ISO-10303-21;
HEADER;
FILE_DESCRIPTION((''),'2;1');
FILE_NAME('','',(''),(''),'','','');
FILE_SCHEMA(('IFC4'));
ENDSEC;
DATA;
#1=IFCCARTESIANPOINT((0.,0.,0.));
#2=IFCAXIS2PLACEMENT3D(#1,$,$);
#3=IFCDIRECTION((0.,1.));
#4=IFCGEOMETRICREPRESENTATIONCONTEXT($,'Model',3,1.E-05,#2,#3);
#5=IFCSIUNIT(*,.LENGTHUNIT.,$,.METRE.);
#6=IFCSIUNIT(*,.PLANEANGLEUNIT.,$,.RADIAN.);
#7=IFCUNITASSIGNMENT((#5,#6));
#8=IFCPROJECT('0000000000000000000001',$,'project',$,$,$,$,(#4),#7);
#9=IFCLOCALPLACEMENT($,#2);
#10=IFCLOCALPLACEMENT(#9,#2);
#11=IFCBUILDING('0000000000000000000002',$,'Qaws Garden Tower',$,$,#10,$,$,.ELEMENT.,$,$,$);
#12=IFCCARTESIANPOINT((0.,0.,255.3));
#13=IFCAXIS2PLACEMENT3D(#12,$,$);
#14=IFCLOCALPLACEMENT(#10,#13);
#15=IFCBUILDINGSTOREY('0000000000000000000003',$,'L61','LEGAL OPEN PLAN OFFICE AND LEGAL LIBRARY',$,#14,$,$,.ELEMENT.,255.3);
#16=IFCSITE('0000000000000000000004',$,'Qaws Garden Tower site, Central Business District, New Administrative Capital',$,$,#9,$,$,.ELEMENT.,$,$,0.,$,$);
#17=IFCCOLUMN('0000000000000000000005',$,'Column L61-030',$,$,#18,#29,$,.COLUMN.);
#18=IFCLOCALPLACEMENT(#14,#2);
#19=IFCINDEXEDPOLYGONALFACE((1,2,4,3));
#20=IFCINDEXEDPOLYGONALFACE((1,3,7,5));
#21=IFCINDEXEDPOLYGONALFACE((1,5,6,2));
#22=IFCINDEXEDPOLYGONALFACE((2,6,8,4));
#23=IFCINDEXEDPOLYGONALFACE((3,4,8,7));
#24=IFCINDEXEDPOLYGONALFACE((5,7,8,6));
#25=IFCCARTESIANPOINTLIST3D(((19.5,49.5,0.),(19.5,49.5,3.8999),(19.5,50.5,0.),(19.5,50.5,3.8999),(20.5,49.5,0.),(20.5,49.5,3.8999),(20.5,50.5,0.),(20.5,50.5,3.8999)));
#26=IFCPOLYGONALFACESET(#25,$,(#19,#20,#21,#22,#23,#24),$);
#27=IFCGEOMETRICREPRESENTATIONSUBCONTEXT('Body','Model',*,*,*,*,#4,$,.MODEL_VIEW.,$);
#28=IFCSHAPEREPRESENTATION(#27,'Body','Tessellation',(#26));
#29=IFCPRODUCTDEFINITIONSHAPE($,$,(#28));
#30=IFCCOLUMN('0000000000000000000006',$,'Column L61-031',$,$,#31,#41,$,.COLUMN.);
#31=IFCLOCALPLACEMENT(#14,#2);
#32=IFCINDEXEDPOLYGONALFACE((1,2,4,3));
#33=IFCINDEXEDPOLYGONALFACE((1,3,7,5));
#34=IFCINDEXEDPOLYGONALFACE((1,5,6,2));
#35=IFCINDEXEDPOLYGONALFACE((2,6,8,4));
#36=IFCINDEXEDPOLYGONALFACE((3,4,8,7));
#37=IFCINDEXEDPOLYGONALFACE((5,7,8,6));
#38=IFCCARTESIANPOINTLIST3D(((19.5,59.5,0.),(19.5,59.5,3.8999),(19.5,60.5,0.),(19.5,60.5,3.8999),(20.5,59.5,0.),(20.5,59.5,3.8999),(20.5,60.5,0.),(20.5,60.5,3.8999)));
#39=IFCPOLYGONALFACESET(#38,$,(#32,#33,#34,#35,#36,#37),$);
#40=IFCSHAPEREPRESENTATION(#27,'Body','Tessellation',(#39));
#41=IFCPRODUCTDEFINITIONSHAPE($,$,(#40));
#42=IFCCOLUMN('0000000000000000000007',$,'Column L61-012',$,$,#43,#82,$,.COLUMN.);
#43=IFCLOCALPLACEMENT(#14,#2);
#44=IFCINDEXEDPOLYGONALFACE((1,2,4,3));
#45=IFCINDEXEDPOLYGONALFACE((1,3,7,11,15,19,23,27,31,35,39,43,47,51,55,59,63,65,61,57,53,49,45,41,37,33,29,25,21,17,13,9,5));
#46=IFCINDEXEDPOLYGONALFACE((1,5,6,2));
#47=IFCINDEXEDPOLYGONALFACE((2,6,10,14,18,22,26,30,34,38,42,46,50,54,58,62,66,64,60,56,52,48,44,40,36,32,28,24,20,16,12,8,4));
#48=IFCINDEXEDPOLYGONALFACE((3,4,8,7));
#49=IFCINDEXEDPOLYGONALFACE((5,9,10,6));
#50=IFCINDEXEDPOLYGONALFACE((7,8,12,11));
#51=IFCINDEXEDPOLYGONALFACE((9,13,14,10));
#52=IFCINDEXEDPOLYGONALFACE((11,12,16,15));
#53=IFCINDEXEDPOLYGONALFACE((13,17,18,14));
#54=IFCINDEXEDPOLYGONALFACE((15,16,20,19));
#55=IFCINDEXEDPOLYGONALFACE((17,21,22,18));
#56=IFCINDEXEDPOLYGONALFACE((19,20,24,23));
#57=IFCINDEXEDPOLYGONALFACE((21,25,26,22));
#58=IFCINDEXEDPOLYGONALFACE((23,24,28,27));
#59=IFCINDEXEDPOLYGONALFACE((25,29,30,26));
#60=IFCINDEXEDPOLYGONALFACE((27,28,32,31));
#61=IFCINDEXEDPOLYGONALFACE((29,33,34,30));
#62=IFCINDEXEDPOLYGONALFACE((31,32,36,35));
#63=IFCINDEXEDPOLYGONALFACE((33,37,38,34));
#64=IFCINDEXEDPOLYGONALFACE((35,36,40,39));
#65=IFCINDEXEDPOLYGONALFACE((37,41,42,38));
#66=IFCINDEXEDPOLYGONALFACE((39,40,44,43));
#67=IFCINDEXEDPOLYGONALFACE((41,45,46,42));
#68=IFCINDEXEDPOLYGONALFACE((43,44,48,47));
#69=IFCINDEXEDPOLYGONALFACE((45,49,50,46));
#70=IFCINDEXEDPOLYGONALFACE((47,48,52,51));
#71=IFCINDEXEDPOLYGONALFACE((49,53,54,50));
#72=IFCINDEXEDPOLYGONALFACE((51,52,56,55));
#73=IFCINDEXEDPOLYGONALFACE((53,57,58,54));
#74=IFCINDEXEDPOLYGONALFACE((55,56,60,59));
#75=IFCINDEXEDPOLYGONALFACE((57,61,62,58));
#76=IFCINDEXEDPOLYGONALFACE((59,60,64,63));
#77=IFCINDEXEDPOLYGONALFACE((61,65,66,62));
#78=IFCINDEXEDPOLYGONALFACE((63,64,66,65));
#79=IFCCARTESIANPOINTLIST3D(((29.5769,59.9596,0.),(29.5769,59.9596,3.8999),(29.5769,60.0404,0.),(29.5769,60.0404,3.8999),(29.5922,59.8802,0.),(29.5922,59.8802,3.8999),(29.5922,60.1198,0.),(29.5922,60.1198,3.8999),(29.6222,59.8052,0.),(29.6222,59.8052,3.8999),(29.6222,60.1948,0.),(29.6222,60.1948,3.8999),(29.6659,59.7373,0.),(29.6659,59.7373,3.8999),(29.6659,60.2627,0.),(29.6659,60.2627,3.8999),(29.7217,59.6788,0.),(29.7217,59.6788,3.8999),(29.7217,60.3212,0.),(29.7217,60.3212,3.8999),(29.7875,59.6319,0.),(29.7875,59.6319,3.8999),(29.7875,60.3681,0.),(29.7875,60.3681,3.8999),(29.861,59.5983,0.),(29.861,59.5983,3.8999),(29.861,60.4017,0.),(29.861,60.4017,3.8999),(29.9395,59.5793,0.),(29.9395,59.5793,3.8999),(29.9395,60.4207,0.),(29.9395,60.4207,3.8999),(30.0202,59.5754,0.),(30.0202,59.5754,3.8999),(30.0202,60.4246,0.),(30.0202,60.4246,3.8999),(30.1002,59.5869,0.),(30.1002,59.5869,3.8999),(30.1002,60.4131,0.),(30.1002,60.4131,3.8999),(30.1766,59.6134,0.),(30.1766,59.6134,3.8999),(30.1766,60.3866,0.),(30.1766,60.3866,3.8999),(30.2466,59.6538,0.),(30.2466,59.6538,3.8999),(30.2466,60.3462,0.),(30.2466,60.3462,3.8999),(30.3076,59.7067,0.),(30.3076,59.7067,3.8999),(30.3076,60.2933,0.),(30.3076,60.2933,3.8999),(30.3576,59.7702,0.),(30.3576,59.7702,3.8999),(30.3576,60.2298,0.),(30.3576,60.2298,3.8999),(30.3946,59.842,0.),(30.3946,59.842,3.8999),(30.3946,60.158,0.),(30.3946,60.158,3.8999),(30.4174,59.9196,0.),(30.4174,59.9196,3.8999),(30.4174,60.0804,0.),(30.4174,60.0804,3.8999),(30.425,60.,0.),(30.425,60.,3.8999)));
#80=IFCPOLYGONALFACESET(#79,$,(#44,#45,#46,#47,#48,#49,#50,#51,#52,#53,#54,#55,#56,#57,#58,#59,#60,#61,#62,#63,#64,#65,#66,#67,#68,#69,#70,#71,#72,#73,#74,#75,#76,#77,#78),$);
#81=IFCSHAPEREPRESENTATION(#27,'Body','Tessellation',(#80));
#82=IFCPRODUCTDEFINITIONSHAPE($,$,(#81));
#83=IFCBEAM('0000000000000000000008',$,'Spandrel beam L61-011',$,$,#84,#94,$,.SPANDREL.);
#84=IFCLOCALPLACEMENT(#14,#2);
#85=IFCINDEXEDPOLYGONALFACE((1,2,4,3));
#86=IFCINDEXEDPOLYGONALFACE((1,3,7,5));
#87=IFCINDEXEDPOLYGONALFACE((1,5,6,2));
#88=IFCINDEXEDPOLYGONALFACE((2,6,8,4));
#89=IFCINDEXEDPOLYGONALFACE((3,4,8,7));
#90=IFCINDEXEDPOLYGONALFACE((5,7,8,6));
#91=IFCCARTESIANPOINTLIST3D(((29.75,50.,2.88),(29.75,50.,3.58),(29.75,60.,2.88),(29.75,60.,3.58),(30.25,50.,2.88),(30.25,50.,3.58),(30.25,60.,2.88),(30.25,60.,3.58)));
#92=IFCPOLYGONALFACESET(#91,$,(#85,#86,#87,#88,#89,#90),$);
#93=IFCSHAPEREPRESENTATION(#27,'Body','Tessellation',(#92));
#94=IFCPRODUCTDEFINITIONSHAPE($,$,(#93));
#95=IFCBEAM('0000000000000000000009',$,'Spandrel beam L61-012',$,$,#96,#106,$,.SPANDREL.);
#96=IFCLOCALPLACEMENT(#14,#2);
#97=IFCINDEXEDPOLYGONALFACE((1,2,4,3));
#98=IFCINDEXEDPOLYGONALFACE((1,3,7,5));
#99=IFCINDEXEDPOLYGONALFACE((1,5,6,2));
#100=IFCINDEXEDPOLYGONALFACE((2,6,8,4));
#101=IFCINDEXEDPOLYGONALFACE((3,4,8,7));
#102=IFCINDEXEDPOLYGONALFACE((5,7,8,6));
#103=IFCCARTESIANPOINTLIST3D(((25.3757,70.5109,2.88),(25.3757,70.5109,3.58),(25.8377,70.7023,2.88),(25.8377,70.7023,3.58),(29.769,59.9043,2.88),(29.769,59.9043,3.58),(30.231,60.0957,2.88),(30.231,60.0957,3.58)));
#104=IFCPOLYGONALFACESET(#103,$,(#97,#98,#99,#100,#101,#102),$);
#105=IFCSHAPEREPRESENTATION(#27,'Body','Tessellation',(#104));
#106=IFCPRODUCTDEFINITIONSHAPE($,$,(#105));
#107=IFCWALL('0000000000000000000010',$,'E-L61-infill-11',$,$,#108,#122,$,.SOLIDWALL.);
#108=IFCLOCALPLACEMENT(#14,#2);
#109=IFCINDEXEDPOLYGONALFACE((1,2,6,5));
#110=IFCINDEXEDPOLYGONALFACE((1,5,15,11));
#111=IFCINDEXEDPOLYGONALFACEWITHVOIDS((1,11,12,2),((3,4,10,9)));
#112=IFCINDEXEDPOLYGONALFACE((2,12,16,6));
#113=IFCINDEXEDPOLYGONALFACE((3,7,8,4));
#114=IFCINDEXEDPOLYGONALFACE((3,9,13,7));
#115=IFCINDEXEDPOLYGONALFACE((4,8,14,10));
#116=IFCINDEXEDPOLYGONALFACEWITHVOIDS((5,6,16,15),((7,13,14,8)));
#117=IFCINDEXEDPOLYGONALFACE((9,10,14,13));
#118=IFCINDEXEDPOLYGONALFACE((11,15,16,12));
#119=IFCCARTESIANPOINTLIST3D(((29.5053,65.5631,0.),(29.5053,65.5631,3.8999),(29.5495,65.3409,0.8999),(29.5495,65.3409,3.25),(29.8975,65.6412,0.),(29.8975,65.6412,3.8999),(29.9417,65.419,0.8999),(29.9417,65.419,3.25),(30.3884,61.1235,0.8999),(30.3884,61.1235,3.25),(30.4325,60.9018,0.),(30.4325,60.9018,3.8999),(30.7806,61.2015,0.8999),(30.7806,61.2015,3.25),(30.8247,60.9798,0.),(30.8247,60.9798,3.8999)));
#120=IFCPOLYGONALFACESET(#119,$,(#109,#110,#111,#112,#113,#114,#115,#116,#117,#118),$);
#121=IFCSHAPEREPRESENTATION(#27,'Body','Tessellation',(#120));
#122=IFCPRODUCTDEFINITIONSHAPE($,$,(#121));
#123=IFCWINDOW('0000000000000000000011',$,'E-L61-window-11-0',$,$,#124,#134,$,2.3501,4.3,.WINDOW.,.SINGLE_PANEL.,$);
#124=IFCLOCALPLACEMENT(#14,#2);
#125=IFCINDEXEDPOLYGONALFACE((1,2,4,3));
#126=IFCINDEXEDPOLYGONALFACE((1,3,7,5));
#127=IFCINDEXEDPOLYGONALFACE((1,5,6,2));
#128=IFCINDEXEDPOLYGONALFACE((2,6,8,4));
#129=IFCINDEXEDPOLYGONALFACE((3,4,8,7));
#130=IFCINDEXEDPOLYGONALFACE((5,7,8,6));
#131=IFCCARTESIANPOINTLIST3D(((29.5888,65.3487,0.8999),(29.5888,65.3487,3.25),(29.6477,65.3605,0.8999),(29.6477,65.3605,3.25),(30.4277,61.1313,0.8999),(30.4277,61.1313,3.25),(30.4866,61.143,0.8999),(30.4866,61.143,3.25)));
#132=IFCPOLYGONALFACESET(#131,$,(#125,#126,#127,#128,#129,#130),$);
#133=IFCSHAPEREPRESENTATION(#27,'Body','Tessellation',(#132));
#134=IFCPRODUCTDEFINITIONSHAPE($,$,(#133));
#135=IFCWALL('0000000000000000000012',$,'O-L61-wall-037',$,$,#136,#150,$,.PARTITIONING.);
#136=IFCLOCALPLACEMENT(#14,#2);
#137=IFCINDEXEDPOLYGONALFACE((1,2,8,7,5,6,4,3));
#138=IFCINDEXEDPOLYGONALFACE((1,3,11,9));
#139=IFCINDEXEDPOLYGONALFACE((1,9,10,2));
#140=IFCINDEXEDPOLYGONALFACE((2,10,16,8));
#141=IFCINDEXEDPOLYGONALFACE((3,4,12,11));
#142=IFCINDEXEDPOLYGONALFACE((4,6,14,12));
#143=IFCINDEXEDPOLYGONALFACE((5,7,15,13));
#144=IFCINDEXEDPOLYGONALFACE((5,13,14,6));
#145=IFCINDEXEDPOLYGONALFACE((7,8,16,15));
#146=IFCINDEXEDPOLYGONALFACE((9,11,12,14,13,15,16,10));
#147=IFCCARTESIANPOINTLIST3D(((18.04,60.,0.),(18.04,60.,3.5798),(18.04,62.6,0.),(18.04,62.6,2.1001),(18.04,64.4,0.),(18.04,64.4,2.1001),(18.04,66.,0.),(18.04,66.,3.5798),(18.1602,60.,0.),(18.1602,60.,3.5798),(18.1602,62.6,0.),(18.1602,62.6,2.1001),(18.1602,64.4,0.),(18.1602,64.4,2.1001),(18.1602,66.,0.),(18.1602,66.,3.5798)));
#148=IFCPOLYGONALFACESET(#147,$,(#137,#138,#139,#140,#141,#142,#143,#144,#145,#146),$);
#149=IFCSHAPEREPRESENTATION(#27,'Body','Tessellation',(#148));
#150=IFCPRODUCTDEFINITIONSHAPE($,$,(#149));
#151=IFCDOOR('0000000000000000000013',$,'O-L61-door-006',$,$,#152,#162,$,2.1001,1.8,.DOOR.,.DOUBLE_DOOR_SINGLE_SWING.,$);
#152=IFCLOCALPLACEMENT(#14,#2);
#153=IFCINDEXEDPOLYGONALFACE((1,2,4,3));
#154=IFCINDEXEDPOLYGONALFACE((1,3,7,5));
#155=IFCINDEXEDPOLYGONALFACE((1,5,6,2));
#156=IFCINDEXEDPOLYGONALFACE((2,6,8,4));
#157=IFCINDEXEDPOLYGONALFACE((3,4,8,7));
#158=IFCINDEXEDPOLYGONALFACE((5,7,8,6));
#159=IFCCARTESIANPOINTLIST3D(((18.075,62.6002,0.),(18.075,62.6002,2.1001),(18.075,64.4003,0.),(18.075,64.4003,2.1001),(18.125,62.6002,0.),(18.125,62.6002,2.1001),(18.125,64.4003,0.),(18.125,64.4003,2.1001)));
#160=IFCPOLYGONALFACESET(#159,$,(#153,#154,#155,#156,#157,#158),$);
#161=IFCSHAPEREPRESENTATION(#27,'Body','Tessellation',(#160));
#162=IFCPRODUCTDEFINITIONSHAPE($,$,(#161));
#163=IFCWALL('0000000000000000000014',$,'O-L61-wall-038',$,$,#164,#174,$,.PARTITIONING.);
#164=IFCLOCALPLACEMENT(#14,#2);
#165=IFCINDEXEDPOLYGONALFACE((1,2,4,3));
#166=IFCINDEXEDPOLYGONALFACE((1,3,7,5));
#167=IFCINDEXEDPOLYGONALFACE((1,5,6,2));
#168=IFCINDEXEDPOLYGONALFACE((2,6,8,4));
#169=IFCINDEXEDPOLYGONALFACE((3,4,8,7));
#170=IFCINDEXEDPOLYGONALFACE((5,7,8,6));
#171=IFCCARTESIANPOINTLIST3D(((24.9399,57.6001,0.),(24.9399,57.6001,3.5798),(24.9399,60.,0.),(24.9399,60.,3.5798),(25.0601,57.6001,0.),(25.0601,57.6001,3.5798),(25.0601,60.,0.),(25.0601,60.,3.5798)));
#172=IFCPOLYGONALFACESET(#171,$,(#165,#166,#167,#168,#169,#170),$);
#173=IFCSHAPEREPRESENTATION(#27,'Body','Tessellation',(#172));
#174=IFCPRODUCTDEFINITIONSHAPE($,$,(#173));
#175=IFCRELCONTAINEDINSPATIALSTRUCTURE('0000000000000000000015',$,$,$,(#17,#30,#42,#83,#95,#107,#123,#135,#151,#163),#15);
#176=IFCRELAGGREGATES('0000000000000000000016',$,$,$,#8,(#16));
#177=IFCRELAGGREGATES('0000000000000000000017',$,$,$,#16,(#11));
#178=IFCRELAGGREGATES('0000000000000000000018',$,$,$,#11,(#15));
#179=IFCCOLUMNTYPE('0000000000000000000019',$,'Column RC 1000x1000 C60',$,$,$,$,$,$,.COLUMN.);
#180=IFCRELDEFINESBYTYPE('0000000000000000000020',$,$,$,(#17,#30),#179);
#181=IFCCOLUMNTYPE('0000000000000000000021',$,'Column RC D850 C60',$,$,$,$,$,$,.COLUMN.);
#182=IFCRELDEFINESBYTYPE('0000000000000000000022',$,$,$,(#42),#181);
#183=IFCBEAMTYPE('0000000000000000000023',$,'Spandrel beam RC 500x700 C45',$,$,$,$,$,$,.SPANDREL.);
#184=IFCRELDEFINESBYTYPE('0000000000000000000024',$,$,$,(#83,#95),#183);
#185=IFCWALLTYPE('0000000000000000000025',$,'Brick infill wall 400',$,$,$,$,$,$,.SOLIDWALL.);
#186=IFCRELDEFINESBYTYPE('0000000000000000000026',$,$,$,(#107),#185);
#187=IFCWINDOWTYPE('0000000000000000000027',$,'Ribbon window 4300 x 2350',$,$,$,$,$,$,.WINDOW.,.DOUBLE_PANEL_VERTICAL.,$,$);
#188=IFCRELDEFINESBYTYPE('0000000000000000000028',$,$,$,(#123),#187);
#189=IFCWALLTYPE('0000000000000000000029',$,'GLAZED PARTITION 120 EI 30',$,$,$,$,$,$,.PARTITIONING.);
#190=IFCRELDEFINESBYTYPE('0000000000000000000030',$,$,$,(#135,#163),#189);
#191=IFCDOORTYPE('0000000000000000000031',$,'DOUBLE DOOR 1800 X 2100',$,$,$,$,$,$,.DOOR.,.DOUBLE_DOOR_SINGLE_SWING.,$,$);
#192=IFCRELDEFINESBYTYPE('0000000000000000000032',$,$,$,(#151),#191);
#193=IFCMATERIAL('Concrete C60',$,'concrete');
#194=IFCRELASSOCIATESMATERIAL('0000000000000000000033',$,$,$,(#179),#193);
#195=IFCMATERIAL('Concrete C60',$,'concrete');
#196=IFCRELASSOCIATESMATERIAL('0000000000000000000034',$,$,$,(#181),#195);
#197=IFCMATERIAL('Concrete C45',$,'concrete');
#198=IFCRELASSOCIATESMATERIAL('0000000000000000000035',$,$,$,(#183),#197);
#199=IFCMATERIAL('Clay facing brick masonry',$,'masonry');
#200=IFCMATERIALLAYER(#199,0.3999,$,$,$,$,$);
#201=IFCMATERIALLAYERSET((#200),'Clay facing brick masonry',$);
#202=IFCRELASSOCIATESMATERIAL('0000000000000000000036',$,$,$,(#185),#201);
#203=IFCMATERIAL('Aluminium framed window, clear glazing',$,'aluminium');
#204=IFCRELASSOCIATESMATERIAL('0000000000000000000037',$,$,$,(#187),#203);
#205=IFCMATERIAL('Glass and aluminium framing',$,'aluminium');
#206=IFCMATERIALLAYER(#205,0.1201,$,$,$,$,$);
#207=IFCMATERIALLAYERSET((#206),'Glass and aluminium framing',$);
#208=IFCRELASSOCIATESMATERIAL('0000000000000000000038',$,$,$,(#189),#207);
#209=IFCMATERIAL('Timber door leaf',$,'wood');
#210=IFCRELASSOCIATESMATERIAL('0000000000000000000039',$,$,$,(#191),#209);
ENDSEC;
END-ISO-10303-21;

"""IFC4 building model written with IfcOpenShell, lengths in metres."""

from ifc_helpers import new_model, si_unit, direction, frame, frame_2d, origin, origin_2d, place, context, subcontext, project, spatial, rectangle, circle, extrude, material, layer, layer_set, material_profile, profile_set, type_object, element, fill, save


model = new_model("IFC4")

# Units and contexts
model_context = context("Model", 3, precision=1e-05, world=origin(), true_north=direction((0.0, 1.0)))
body_context = subcontext(model_context, "Body", "Model", "MODEL_VIEW")
ifc_project = project(units=[si_unit("LENGTHUNIT", "METRE"), si_unit("PLANEANGLEUNIT", "RADIAN")], contexts=[model_context])

# Site, building, storey
site_placement = place(None, origin())
site = spatial("IfcSite", under=ifc_project, at=site_placement, Name="Qaws Garden Tower site, Central Business District, New Administrative Capital", CompositionType="ELEMENT", RefElevation=0.0)
building_placement = place(site_placement, origin())
building = spatial("IfcBuilding", under=site, at=building_placement, Name="Qaws Garden Tower", CompositionType="ELEMENT")
storey_placement = place(building_placement, frame((0.0, 0.0, 255.3)))
storey = spatial("IfcBuildingStorey", under=building, at=storey_placement, Name="L61", Description="LEGAL OPEN PLAN OFFICE AND LEGAL LIBRARY", CompositionType="ELEMENT", Elevation=255.3)

# Columns
ifc_material_1 = material(Name="Concrete C60", Category="concrete")
ifc_material_profile_1 = material_profile(ifc_material_1, rectangle(XDim=1.0, YDim=1.0, at=origin_2d()), Name="RC 1000x1000")
ifc_profile_set_1 = profile_set([ifc_material_profile_1], Name="Concrete C60")
column_type_1 = type_object("IfcColumnType", Name="Column RC 1000x1000 C60", PredefinedType="COLUMN", material=ifc_profile_set_1)
for number, where, z_axis, x_axis, name in (
    (1, (20.0, 50.0, 0.0), (0.0, 0.0, 1.0), (1.0, 0.0, 0.0), "Column L61-030"),
    (2, (20.0, 60.0, 0.0), (0.0, 0.0, 1.0), (1.0, 0.0, 0.0), "Column L61-031"),
):
    element("IfcColumn", number, at=place(storey_placement, frame(where, z_axis=z_axis, x_axis=x_axis)), inside=storey, type_object=column_type_1, Name=name, PredefinedType="COLUMN", context=body_context, shape_type="SweptSolid", body=[
        extrude(rectangle(XDim=1.0, YDim=1.0, at=origin_2d()), origin(), (0.0, 0.0, 1.0), 3.8999),
    ])
ifc_material_2 = material(Name="Concrete C60", Category="concrete")
ifc_material_profile_2 = material_profile(ifc_material_2, circle(Radius=0.425, at=origin_2d()), Name="RC D850")
ifc_profile_set_2 = profile_set([ifc_material_profile_2], Name="Concrete C60")
column_type_2 = type_object("IfcColumnType", Name="Column RC D850 C60", PredefinedType="COLUMN", material=ifc_profile_set_2)
column_placement = place(storey_placement, frame((30.0, 60.0, 0.0), z_axis=(0.0, 0.0, 1.0), x_axis=(1.0, 0.0, 0.0)))
element("IfcColumn", 3, at=column_placement, inside=storey, type_object=column_type_2, Name="Column L61-012", PredefinedType="COLUMN", context=body_context, shape_type="SweptSolid", body=[
    extrude(circle(Radius=0.425, at=origin_2d()), origin(), (0.0, 0.0, 1.0), 3.8999),
])

# Beams
ifc_material_3 = material(Name="Concrete C45", Category="concrete")
ifc_material_profile_3 = material_profile(ifc_material_3, rectangle(XDim=0.5, YDim=0.7, at=origin_2d()), Name="RC 500x700")
ifc_profile_set_3 = profile_set([ifc_material_profile_3], Name="Concrete C45")
beam_type = type_object("IfcBeamType", Name="Spandrel beam RC 500x700 C45", PredefinedType="SPANDREL", material=ifc_profile_set_3)
beam_1_placement = place(storey_placement, frame((30.0, 50.0, 3.23), z_axis=(0.0, 1.0, 0.0), x_axis=(-1.0, 0.0, 0.0)))
element("IfcBeam", 4, at=beam_1_placement, inside=storey, type_object=beam_type, Name="Spandrel beam L61-011", PredefinedType="SPANDREL", context=body_context, shape_type="SweptSolid", body=[
    extrude(rectangle(XDim=0.5, YDim=0.7, at=origin_2d()), origin(), (0.0, 0.0, 1.0), 10.0),
])
beam_2_placement = place(storey_placement, frame((30.0, 60.0, 3.23), z_axis=(-0.382674, 0.923883, 0.0), x_axis=(-0.923883, -0.382674, 0.0)))
element("IfcBeam", 5, at=beam_2_placement, inside=storey, type_object=beam_type, Name="Spandrel beam L61-012", PredefinedType="SPANDREL", context=body_context, shape_type="SweptSolid", body=[
    extrude(rectangle(XDim=0.5, YDim=0.7, at=origin_2d()), origin(), (0.0, 0.0, 1.0), 11.4805),
])

# Wall, opening, window
ifc_material_4 = material(Name="Clay facing brick masonry", Category="masonry")
ifc_layer_1 = layer(ifc_material_4, 0.3999)
ifc_layer_set_1 = layer_set([ifc_layer_1], Name="Clay facing brick masonry")
wall_type_1 = type_object("IfcWallType", Name="Brick infill wall 400", PredefinedType="SOLIDWALL", material=ifc_layer_set_1)
wall_1_placement = place(storey_placement, frame((30.6287, 60.9407, 0.0), z_axis=(0.0, 0.0, 1.0), x_axis=(-0.195099, 0.980784, 0.0)))
wall_1 = element("IfcWall", 6, at=wall_1_placement, inside=storey, type_object=wall_type_1, Name="E-L61-infill-11", PredefinedType="SOLIDWALL", context=body_context, shape_type="SweptSolid", body=[
    extrude(rectangle(XDim=4.7527, YDim=0.3999, at=frame_2d((2.3765, 0.0))), origin(), (0.0, 0.0, 1.0), 3.8999),
])
opening_1_placement = place(wall_1_placement, frame((0.2263, 0.0, 0.8999)))
opening_1 = element("IfcOpeningElement", 7, at=opening_1_placement, cuts=wall_1, PredefinedType="OPENING", context=body_context, shape_type="SweptSolid", body=[
    extrude(rectangle(XDim=4.3, YDim=2.3501, at=frame_2d((2.1499, 1.175))), frame((0.0, 0.21, 0.0), z_axis=(0.0, -1.0, 0.0), x_axis=(1.0, 0.0, 0.0)), (0.0, 0.0, 1.0), 0.4199),
])
ifc_material_5 = material(Name="Aluminium framed window, clear glazing", Category="aluminium")
window_type = type_object("IfcWindowType", Name="Ribbon window 4300 x 2350", PartitioningType="DOUBLE_PANEL_VERTICAL", PredefinedType="WINDOW", material=ifc_material_5)
window_placement = place(opening_1_placement, origin())
window = element("IfcWindow", 8, at=window_placement, inside=storey, type_object=window_type, Name="E-L61-window-11-0", OverallHeight=2.3501, OverallWidth=4.3, PartitioningType="SINGLE_PANEL", PredefinedType="WINDOW", context=body_context, shape_type="SweptSolid", body=[
    extrude(rectangle(XDim=4.3, YDim=2.3501, at=frame_2d((2.1499, 1.175))), frame((0.0, 0.1599, 0.0), z_axis=(0.0, -1.0, 0.0), x_axis=(1.0, 0.0, 0.0)), (0.0, 0.0, 1.0), 0.0601),
])
fill(opening_1, window)

# Wall, opening, door
ifc_material_6 = material(Name="Glass and aluminium framing", Category="aluminium")
ifc_layer_2 = layer(ifc_material_6, 0.1201)
ifc_layer_set_2 = layer_set([ifc_layer_2], Name="Glass and aluminium framing")
wall_type_2 = type_object("IfcWallType", Name="GLAZED PARTITION 120 EI 30", PredefinedType="PARTITIONING", material=ifc_layer_set_2)
wall_2_placement = place(storey_placement, frame((18.1001, 60.0, 0.0), z_axis=(0.0, 0.0, 1.0), x_axis=(0.0, 1.0, 0.0)))
wall_2 = element("IfcWall", 9, at=wall_2_placement, inside=storey, type_object=wall_type_2, Name="O-L61-wall-037", PredefinedType="PARTITIONING", context=body_context, shape_type="SweptSolid", body=[
    extrude(rectangle(XDim=6.0, YDim=0.1201, at=frame_2d((3.0, 0.0))), origin(), (0.0, 0.0, 1.0), 3.5798),
])
opening_2_placement = place(wall_2_placement, frame((2.6001, 0.0, 0.0)))
opening_2 = element("IfcOpeningElement", 10, at=opening_2_placement, cuts=wall_2, PredefinedType="OPENING", context=body_context, shape_type="SweptSolid", body=[
    extrude(rectangle(XDim=1.8, YDim=2.1001, at=frame_2d((0.8999, 1.05))), frame((0.0, 0.0701, 0.0), z_axis=(0.0, -1.0, 0.0), x_axis=(1.0, 0.0, 0.0)), (0.0, 0.0, 1.0), 0.1401),
])
ifc_material_7 = material(Name="Timber door leaf", Category="wood")
door_type_1 = type_object("IfcDoorType", Name="DOUBLE DOOR 1800 X 2100", OperationType="DOUBLE_DOOR_SINGLE_SWING", PredefinedType="DOOR", material=ifc_material_7)
door_1_placement = place(opening_2_placement, frame((1.8, 0.0, 0.0), z_axis=(0.0, 0.0, 1.0), x_axis=(-1.0, 0.0, 0.0)))
door_1 = element("IfcDoor", 11, at=door_1_placement, inside=storey, type_object=door_type_1, Name="O-L61-door-006", OperationType="DOUBLE_DOOR_SINGLE_SWING", OverallHeight=2.1001, OverallWidth=1.8, PredefinedType="DOOR", context=body_context, shape_type="SweptSolid", body=[
    extrude(rectangle(XDim=1.8, YDim=2.1001, at=frame_2d((0.8999, 1.05))), frame((0.0, 0.0249, 0.0), z_axis=(0.0, -1.0, 0.0), x_axis=(1.0, 0.0, 0.0)), (0.0, 0.0, 1.0), 0.05),
])
fill(opening_2, door_1)

# Wall
wall_3_placement = place(storey_placement, frame((25.0, 57.6001, 0.0), z_axis=(0.0, 0.0, 1.0), x_axis=(0.0, 1.0, 0.0)))
element("IfcWall", 12, at=wall_3_placement, inside=storey, type_object=wall_type_2, Name="O-L61-wall-038", PredefinedType="PARTITIONING", context=body_context, shape_type="SweptSolid", body=[
    extrude(rectangle(XDim=2.3999, YDim=0.1201, at=frame_2d((1.2, 0.0))), origin(), (0.0, 0.0, 1.0), 3.5798),
])

save(model, "model.ifc")
